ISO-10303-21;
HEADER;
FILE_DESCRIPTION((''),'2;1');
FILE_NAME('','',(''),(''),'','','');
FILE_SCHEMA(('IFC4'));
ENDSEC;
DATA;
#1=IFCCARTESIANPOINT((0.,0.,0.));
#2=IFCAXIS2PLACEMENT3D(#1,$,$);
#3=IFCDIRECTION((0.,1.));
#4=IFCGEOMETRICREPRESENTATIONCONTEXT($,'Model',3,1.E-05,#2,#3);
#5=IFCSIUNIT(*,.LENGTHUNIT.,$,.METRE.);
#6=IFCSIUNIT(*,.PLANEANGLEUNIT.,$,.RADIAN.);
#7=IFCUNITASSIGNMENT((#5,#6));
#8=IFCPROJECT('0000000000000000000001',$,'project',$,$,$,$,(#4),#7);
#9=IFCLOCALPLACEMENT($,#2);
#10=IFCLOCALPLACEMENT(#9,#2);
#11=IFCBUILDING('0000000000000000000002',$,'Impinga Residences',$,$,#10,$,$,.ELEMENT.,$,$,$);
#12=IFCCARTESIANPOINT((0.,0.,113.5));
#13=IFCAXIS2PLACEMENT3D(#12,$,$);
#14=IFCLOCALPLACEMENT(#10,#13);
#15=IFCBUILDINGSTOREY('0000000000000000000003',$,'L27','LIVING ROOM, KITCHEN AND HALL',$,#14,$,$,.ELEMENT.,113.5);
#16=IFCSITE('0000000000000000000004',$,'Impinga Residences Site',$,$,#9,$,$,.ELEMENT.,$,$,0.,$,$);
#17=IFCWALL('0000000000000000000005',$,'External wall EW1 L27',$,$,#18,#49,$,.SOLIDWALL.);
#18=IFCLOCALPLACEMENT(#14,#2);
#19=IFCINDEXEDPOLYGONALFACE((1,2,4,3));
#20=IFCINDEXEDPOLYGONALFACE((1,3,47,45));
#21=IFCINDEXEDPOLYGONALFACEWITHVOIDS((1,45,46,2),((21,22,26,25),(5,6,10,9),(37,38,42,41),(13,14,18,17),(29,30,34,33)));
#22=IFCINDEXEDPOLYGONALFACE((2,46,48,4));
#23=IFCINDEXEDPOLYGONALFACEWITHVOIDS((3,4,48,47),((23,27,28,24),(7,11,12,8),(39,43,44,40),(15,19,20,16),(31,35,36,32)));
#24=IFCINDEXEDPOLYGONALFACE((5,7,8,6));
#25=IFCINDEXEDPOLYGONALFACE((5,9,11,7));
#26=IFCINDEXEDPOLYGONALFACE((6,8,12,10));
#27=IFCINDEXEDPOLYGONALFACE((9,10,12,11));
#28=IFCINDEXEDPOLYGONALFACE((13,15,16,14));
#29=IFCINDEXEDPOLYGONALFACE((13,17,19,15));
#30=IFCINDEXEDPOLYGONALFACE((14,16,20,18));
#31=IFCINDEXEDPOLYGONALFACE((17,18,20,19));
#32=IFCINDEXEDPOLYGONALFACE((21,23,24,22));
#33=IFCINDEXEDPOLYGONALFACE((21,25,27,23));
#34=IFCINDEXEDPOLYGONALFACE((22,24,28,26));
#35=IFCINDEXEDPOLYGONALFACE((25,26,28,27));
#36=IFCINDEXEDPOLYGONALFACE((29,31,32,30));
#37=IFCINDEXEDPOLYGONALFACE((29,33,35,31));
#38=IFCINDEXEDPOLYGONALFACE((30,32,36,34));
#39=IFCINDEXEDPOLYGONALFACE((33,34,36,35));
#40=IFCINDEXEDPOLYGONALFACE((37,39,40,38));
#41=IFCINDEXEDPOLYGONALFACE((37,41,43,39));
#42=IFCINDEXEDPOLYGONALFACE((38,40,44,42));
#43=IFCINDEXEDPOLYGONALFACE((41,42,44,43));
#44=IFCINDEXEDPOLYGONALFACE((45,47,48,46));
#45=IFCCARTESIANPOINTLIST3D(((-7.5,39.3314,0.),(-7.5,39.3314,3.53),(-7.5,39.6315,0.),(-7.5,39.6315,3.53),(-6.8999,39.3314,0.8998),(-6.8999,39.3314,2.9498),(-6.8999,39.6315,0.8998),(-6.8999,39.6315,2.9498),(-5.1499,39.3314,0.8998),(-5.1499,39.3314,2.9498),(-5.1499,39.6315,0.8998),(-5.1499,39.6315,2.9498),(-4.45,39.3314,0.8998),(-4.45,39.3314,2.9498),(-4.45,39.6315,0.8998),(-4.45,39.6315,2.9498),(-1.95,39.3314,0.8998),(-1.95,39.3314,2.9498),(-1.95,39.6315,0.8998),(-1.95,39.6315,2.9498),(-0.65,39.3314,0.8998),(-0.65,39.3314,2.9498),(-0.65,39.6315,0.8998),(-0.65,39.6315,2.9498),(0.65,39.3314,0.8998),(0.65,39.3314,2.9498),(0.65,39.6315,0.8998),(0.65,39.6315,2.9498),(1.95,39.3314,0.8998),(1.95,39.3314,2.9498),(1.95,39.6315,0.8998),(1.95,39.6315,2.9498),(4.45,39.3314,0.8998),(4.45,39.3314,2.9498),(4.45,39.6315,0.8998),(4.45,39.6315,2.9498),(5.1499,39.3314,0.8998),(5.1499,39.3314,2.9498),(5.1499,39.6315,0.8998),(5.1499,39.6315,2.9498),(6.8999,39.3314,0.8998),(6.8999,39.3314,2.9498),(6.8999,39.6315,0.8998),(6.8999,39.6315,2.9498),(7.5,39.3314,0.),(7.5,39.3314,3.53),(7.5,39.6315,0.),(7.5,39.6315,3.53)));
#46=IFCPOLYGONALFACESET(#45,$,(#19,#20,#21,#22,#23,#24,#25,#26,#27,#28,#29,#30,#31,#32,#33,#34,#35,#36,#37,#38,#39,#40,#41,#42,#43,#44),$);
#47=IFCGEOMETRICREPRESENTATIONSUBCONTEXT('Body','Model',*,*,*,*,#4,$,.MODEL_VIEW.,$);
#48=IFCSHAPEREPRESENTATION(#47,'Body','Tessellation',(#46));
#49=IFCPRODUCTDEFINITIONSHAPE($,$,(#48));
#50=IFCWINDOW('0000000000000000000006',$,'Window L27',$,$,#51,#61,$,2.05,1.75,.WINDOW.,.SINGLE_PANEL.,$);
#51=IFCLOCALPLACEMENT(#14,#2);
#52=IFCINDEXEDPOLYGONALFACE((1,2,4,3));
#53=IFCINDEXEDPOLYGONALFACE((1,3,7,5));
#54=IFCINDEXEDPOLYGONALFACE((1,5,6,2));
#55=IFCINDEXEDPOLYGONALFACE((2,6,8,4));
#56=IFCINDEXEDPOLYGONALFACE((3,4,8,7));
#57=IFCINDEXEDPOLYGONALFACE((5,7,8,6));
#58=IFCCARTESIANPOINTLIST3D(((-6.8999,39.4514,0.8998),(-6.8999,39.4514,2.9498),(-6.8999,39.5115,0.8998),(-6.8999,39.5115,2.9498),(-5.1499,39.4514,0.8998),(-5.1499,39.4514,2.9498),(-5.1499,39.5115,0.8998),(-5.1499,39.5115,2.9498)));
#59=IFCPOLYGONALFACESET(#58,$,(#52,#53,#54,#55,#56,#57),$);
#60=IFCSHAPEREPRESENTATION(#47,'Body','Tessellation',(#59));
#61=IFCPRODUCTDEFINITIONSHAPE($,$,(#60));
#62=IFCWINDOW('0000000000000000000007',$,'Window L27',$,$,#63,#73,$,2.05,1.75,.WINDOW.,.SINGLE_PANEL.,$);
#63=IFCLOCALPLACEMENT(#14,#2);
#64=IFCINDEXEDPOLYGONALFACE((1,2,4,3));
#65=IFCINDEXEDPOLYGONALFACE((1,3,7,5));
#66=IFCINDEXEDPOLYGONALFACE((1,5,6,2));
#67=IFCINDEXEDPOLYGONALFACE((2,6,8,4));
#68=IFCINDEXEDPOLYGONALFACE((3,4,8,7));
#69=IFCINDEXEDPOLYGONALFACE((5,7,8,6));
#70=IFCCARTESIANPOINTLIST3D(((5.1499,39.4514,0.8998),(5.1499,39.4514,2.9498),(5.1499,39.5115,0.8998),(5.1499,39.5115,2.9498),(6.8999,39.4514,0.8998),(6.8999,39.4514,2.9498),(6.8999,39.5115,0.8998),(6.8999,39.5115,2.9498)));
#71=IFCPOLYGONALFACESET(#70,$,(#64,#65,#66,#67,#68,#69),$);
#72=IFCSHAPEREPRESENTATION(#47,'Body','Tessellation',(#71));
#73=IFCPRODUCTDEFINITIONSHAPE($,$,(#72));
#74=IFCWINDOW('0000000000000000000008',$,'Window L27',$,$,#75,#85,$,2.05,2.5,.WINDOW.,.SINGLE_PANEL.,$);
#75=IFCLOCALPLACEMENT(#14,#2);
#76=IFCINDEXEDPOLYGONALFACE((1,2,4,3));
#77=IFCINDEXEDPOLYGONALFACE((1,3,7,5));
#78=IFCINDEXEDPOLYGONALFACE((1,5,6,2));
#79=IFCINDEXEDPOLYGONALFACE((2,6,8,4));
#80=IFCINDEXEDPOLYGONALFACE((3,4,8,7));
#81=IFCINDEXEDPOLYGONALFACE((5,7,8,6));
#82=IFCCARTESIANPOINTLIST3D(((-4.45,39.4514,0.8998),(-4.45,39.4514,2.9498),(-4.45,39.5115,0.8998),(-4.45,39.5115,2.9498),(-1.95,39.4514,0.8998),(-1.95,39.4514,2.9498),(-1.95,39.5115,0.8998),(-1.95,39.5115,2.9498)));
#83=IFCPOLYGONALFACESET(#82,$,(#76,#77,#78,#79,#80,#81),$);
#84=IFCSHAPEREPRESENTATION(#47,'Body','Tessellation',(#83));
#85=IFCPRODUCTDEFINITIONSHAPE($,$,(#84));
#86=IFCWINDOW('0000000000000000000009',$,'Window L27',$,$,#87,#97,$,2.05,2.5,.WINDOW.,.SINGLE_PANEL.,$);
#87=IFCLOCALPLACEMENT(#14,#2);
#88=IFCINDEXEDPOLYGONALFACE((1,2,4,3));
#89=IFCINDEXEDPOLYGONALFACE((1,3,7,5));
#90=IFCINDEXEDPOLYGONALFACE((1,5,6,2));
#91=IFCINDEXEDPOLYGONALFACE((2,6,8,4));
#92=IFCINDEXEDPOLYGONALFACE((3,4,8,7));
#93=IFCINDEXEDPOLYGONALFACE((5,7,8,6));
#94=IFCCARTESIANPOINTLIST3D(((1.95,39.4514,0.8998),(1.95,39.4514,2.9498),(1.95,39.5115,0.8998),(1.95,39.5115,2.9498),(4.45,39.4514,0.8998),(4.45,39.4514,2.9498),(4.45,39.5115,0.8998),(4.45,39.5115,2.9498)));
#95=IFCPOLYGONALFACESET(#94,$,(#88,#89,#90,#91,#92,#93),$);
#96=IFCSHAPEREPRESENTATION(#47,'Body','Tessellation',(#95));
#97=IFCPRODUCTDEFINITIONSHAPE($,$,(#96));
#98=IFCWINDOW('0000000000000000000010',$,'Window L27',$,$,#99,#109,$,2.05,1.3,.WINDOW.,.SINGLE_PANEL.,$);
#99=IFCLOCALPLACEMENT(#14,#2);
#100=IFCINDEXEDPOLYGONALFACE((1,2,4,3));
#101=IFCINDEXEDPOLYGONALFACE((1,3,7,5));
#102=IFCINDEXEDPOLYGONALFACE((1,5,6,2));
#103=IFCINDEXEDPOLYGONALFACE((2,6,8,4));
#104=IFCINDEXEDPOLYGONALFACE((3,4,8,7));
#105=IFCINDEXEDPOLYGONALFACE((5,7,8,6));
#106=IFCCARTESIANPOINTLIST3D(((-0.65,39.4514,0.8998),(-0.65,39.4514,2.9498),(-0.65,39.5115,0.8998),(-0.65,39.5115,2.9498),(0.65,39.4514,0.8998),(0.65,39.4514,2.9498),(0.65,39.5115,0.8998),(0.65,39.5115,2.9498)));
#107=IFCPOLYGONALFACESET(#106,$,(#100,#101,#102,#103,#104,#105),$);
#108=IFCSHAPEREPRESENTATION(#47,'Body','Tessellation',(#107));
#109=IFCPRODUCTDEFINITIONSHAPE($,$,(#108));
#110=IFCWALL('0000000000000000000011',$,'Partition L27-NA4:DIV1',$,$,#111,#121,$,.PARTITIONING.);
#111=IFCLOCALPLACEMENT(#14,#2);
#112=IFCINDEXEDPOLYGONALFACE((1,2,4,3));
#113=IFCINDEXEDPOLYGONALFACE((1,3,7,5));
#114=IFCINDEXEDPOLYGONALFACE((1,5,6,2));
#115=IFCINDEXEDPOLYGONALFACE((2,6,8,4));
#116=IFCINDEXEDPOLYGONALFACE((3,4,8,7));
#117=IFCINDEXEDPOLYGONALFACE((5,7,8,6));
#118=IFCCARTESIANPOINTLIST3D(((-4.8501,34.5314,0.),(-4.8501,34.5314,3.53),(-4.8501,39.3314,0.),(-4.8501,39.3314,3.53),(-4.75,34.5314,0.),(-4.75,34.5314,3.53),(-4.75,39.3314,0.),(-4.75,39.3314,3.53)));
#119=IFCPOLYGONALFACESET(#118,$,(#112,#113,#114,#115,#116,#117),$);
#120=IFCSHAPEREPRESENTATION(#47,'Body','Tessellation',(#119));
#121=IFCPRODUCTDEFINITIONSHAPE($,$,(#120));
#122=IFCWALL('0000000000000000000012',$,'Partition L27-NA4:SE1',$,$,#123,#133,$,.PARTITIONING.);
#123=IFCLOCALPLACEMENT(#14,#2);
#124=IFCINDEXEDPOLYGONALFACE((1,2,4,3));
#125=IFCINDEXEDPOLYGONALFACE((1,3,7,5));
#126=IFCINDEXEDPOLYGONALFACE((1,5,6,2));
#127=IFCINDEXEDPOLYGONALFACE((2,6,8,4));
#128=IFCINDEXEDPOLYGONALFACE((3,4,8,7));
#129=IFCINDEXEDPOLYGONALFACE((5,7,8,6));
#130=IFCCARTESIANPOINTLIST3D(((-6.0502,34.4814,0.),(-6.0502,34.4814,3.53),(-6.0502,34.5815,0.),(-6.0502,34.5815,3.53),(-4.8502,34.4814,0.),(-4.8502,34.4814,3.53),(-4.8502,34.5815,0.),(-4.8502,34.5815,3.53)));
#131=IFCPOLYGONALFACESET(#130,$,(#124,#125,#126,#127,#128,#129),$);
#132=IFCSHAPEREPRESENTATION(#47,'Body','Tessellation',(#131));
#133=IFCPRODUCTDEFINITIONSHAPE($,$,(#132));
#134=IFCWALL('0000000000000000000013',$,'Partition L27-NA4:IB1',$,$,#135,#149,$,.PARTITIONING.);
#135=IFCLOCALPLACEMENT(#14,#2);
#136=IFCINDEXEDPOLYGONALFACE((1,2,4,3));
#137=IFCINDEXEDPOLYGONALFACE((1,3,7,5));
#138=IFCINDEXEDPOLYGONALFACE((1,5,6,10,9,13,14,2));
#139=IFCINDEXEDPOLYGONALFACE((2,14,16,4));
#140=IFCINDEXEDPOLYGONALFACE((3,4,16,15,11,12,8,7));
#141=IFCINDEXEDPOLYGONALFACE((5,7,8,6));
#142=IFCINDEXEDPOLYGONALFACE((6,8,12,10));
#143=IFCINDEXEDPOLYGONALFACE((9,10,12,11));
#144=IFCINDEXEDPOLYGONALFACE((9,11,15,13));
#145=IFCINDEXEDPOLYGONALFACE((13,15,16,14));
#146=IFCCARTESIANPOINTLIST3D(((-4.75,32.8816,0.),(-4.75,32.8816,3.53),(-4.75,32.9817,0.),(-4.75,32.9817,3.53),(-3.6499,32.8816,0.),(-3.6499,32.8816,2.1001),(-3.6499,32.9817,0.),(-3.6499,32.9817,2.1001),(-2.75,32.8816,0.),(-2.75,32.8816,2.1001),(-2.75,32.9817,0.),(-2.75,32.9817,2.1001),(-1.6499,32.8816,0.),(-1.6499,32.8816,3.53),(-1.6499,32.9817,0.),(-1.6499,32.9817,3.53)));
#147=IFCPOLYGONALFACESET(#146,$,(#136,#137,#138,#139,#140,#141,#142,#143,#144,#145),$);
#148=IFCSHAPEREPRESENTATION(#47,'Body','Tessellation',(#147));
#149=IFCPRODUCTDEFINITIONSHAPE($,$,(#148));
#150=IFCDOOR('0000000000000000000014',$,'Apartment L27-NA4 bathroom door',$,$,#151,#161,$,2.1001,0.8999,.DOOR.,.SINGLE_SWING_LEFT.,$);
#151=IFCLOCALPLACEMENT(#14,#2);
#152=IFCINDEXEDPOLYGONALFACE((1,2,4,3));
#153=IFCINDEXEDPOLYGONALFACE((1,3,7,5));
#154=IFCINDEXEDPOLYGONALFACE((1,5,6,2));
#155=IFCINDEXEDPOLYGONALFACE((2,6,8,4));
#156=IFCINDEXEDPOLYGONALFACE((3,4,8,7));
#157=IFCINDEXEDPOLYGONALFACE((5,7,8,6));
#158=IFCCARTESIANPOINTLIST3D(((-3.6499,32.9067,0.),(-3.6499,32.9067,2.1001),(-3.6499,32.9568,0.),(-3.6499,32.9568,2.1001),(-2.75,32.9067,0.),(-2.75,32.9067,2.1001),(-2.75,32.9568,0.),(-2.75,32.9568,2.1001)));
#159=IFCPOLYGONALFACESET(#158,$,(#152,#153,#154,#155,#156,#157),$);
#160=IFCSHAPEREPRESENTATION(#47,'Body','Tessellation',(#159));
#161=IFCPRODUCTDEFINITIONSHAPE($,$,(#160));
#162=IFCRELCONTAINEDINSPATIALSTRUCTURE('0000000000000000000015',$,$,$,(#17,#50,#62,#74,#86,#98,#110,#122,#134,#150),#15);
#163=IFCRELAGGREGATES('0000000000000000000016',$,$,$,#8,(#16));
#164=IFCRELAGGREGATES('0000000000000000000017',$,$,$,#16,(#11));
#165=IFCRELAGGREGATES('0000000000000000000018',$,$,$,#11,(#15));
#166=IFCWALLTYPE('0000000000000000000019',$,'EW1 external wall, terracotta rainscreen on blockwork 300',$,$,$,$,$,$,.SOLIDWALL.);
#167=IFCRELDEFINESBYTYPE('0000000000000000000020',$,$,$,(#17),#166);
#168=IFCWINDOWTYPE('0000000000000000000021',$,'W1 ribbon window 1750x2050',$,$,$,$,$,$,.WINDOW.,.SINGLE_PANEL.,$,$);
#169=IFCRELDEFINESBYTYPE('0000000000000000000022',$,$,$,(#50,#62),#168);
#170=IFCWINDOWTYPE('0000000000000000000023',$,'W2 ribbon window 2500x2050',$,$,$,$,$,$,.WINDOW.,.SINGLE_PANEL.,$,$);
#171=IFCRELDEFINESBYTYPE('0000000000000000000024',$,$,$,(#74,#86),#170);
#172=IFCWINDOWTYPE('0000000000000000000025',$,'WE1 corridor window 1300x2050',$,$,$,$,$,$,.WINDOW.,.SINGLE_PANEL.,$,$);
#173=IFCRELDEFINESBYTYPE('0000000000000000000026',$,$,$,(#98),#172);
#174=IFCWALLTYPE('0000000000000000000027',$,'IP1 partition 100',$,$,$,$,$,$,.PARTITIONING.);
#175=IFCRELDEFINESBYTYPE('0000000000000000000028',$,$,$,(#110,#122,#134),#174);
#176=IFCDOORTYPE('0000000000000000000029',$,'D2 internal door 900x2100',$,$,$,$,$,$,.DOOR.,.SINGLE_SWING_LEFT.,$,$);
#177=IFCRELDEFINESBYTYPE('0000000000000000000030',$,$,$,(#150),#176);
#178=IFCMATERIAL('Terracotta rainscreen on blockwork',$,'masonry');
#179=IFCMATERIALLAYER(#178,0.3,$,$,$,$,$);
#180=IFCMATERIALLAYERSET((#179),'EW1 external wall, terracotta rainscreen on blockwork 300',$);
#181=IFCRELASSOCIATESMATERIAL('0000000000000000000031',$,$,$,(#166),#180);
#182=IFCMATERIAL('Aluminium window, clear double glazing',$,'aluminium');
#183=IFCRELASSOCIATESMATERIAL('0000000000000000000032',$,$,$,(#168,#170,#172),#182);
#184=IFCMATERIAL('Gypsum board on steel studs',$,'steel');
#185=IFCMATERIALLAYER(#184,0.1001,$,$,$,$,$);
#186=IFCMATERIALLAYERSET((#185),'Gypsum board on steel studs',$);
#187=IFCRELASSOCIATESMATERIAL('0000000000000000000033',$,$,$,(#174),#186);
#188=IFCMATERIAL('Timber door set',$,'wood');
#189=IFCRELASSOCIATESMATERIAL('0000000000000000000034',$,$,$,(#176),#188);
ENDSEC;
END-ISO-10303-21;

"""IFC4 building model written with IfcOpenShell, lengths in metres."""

from ifc_helpers import new_model, si_unit, direction, frame, frame_2d, origin, place, context, subcontext, project, spatial, rectangle, extrude, material, layer, layer_set, type_object, element, fill, save


model = new_model("IFC4")

# Units and contexts
model_context = context("Model", 3, precision=1e-05, world=origin(), true_north=direction((0.0, 1.0)))
body_context = subcontext(model_context, "Body", "Model", "MODEL_VIEW")
ifc_project = project(units=[si_unit("LENGTHUNIT", "METRE"), si_unit("PLANEANGLEUNIT", "RADIAN")], contexts=[model_context])

# Site, building, storey
site_placement = place(None, origin())
site = spatial("IfcSite", under=ifc_project, at=site_placement, Name="Impinga Residences Site", CompositionType="ELEMENT", RefElevation=0.0)
building_placement = place(site_placement, origin())
building = spatial("IfcBuilding", under=site, at=building_placement, Name="Impinga Residences", CompositionType="ELEMENT")
storey_placement = place(building_placement, frame((0.0, 0.0, 113.5)))
storey = spatial("IfcBuildingStorey", under=building, at=storey_placement, Name="L27", Description="LIVING ROOM, KITCHEN AND HALL", CompositionType="ELEMENT", Elevation=113.5)

# Shared definitions
ifc_material_1 = material(Name="Terracotta rainscreen on blockwork", Category="masonry")
ifc_layer_1 = layer(ifc_material_1, 0.3)
ifc_layer_set_1 = layer_set([ifc_layer_1], Name="EW1 external wall, terracotta rainscreen on blockwork 300")
wall_type_1 = type_object("IfcWallType", Name="EW1 external wall, terracotta rainscreen on blockwork 300", PredefinedType="SOLIDWALL", material=ifc_layer_set_1)

# Wall, openings, windows
wall_1_placement = place(storey_placement, frame((-7.5, 39.4814, 0.0), z_axis=(0.0, 0.0, 1.0), x_axis=(1.0, 0.0, 0.0)))
wall_1 = element("IfcWall", 1, at=wall_1_placement, inside=storey, type_object=wall_type_1, Name="External wall EW1 L27", PredefinedType="SOLIDWALL", context=body_context, shape_type="SweptSolid", body=[
    extrude(rectangle(XDim=15.0, YDim=0.3, at=frame_2d((7.5, 0.0))), origin(), (0.0, 0.0, 1.0), 3.53),
])
opening_1_placement = place(wall_1_placement, frame((0.6001, 0.0, 0.8999)))
opening_1 = element("IfcOpeningElement", 2, at=opening_1_placement, cuts=wall_1, PredefinedType="OPENING", context=body_context, shape_type="SweptSolid", body=[
    extrude(rectangle(XDim=1.75, YDim=2.05, at=frame_2d((0.875, 1.0249))), frame((0.0, 0.1599, 0.0), z_axis=(0.0, -1.0, 0.0), x_axis=(1.0, 0.0, 0.0)), (0.0, 0.0, 1.0), 0.3201),
])
opening_2_placement = place(wall_1_placement, frame((3.05, 0.0, 0.8999)))
opening_2 = element("IfcOpeningElement", 3, at=opening_2_placement, cuts=wall_1, PredefinedType="OPENING", context=body_context, shape_type="SweptSolid", body=[
    extrude(rectangle(XDim=2.5, YDim=2.05, at=frame_2d((1.25, 1.0249))), frame((0.0, 0.1599, 0.0), z_axis=(0.0, -1.0, 0.0), x_axis=(1.0, 0.0, 0.0)), (0.0, 0.0, 1.0), 0.3201),
])
opening_3_placement = place(wall_1_placement, frame((6.8501, 0.0, 0.8999)))
opening_3 = element("IfcOpeningElement", 4, at=opening_3_placement, cuts=wall_1, PredefinedType="OPENING", context=body_context, shape_type="SweptSolid", body=[
    extrude(rectangle(XDim=1.3, YDim=2.05, at=frame_2d((0.6499, 1.0249))), frame((0.0, 0.1599, 0.0), z_axis=(0.0, -1.0, 0.0), x_axis=(1.0, 0.0, 0.0)), (0.0, 0.0, 1.0), 0.3201),
])
opening_4_placement = place(wall_1_placement, frame((9.45, 0.0, 0.8999)))
opening_4 = element("IfcOpeningElement", 5, at=opening_4_placement, cuts=wall_1, PredefinedType="OPENING", context=body_context, shape_type="SweptSolid", body=[
    extrude(rectangle(XDim=2.5, YDim=2.05, at=frame_2d((1.25, 1.0249))), frame((0.0, 0.1599, 0.0), z_axis=(0.0, -1.0, 0.0), x_axis=(1.0, 0.0, 0.0)), (0.0, 0.0, 1.0), 0.3201),
])
opening_5_placement = place(wall_1_placement, frame((12.6499, 0.0, 0.8999)))
opening_5 = element("IfcOpeningElement", 6, at=opening_5_placement, cuts=wall_1, PredefinedType="OPENING", context=body_context, shape_type="SweptSolid", body=[
    extrude(rectangle(XDim=1.75, YDim=2.05, at=frame_2d((0.875, 1.0249))), frame((0.0, 0.1599, 0.0), z_axis=(0.0, -1.0, 0.0), x_axis=(1.0, 0.0, 0.0)), (0.0, 0.0, 1.0), 0.3201),
])
ifc_material_2 = material(Name="Aluminium window, clear double glazing", Category="aluminium")
window_type_1 = type_object("IfcWindowType", Name="W1 ribbon window 1750x2050", PartitioningType="SINGLE_PANEL", PredefinedType="WINDOW", material=ifc_material_2)
window_1_placement = place(opening_1_placement, origin())
window_1 = element("IfcWindow", 7, at=window_1_placement, inside=storey, type_object=window_type_1, Name="Window L27", OverallHeight=2.05, OverallWidth=1.75, PartitioningType="SINGLE_PANEL", PredefinedType="WINDOW", context=body_context, shape_type="SweptSolid", body=[
    extrude(rectangle(XDim=1.75, YDim=2.05, at=frame_2d((0.875, 1.0249))), frame((0.0, 0.03, 0.0), z_axis=(0.0, -1.0, 0.0), x_axis=(1.0, 0.0, 0.0)), (0.0, 0.0, 1.0), 0.0601),
])
fill(opening_1, window_1)
window_2_placement = place(opening_5_placement, origin())
window_2 = element("IfcWindow", 8, at=window_2_placement, inside=storey, type_object=window_type_1, Name="Window L27", OverallHeight=2.05, OverallWidth=1.75, PartitioningType="SINGLE_PANEL", PredefinedType="WINDOW", context=body_context, shape_type="SweptSolid", body=[
    extrude(rectangle(XDim=1.75, YDim=2.05, at=frame_2d((0.875, 1.0249))), frame((0.0, 0.03, 0.0), z_axis=(0.0, -1.0, 0.0), x_axis=(1.0, 0.0, 0.0)), (0.0, 0.0, 1.0), 0.0601),
])
fill(opening_5, window_2)
window_type_2 = type_object("IfcWindowType", Name="W2 ribbon window 2500x2050", PartitioningType="SINGLE_PANEL", PredefinedType="WINDOW", material=ifc_material_2)
window_3_placement = place(opening_2_placement, origin())
window_3 = element("IfcWindow", 9, at=window_3_placement, inside=storey, type_object=window_type_2, Name="Window L27", OverallHeight=2.05, OverallWidth=2.5, PartitioningType="SINGLE_PANEL", PredefinedType="WINDOW", context=body_context, shape_type="SweptSolid", body=[
    extrude(rectangle(XDim=2.5, YDim=2.05, at=frame_2d((1.25, 1.0249))), frame((0.0, 0.03, 0.0), z_axis=(0.0, -1.0, 0.0), x_axis=(1.0, 0.0, 0.0)), (0.0, 0.0, 1.0), 0.0601),
])
fill(opening_2, window_3)
window_4_placement = place(opening_4_placement, origin())
window_4 = element("IfcWindow", 10, at=window_4_placement, inside=storey, type_object=window_type_2, Name="Window L27", OverallHeight=2.05, OverallWidth=2.5, PartitioningType="SINGLE_PANEL", PredefinedType="WINDOW", context=body_context, shape_type="SweptSolid", body=[
    extrude(rectangle(XDim=2.5, YDim=2.05, at=frame_2d((1.25, 1.0249))), frame((0.0, 0.03, 0.0), z_axis=(0.0, -1.0, 0.0), x_axis=(1.0, 0.0, 0.0)), (0.0, 0.0, 1.0), 0.0601),
])
fill(opening_4, window_4)
window_type_3 = type_object("IfcWindowType", Name="WE1 corridor window 1300x2050", PartitioningType="SINGLE_PANEL", PredefinedType="WINDOW", material=ifc_material_2)
window_5_placement = place(opening_3_placement, origin())
window_5 = element("IfcWindow", 11, at=window_5_placement, inside=storey, type_object=window_type_3, Name="Window L27", OverallHeight=2.05, OverallWidth=1.3, PartitioningType="SINGLE_PANEL", PredefinedType="WINDOW", context=body_context, shape_type="SweptSolid", body=[
    extrude(rectangle(XDim=1.3, YDim=2.05, at=frame_2d((0.6499, 1.0249))), frame((0.0, 0.03, 0.0), z_axis=(0.0, -1.0, 0.0), x_axis=(1.0, 0.0, 0.0)), (0.0, 0.0, 1.0), 0.0601),
])
fill(opening_3, window_5)

# Walls
ifc_material_3 = material(Name="Gypsum board on steel studs", Category="steel")
ifc_layer_2 = layer(ifc_material_3, 0.1001)
ifc_layer_set_2 = layer_set([ifc_layer_2], Name="Gypsum board on steel studs")
wall_type_2 = type_object("IfcWallType", Name="IP1 partition 100", PredefinedType="PARTITIONING", material=ifc_layer_set_2)
wall_2_placement = place(storey_placement, frame((-4.8, 34.5315, 0.0), z_axis=(0.0, 0.0, 1.0), x_axis=(0.0, 1.0, 0.0)))
element("IfcWall", 12, at=wall_2_placement, inside=storey, type_object=wall_type_2, Name="Partition L27-NA4:DIV1", PredefinedType="PARTITIONING", context=body_context, shape_type="SweptSolid", body=[
    extrude(rectangle(XDim=4.8, YDim=0.1001, at=frame_2d((2.3999, 0.0))), origin(), (0.0, 0.0, 1.0), 3.53),
])
wall_3_placement = place(storey_placement, frame((-4.8501, 34.5315, 0.0), z_axis=(0.0, 0.0, 1.0), x_axis=(-1.0, 0.0, 0.0)))
element("IfcWall", 13, at=wall_3_placement, inside=storey, type_object=wall_type_2, Name="Partition L27-NA4:SE1", PredefinedType="PARTITIONING", context=body_context, shape_type="SweptSolid", body=[
    extrude(rectangle(XDim=1.2, YDim=0.1001, at=frame_2d((0.6001, 0.0))), origin(), (0.0, 0.0, 1.0), 3.53),
])

# Wall, opening, door
wall_4_placement = place(storey_placement, frame((-1.6499, 32.9316, 0.0), z_axis=(0.0, 0.0, 1.0), x_axis=(-1.0, 0.0, 0.0)))
wall_4 = element("IfcWall", 14, at=wall_4_placement, inside=storey, type_object=wall_type_2, Name="Partition L27-NA4:IB1", PredefinedType="PARTITIONING", context=body_context, shape_type="SweptSolid", body=[
    extrude(rectangle(XDim=3.1001, YDim=0.1001, at=frame_2d((1.55, 0.0))), origin(), (0.0, 0.0, 1.0), 3.53),
])
opening_6_placement = place(wall_4_placement, frame((1.1001, 0.0, 0.0)))
opening_6 = element("IfcOpeningElement", 15, at=opening_6_placement, cuts=wall_4, PredefinedType="OPENING", context=body_context, shape_type="SweptSolid", body=[
    extrude(rectangle(XDim=0.8999, YDim=2.1001, at=frame_2d((0.45, 1.05))), frame((0.0, 0.0601, 0.0), z_axis=(0.0, -1.0, 0.0), x_axis=(1.0, 0.0, 0.0)), (0.0, 0.0, 1.0), 0.1201),
])
ifc_material_4 = material(Name="Timber door set", Category="wood")
door_type = type_object("IfcDoorType", Name="D2 internal door 900x2100", OperationType="SINGLE_SWING_LEFT", PredefinedType="DOOR", material=ifc_material_4)
door_placement = place(opening_6_placement, origin())
door = element("IfcDoor", 16, at=door_placement, inside=storey, type_object=door_type, Name="Apartment L27-NA4 bathroom door", OperationType="SINGLE_SWING_LEFT", OverallHeight=2.1001, OverallWidth=0.8999, PredefinedType="DOOR", context=body_context, shape_type="SweptSolid", body=[
    extrude(rectangle(XDim=0.8999, YDim=2.1001, at=frame_2d((0.45, 1.05))), frame((0.0, 0.0249, 0.0), z_axis=(0.0, -1.0, 0.0), x_axis=(1.0, 0.0, 0.0)), (0.0, 0.0, 1.0), 0.05),
])
fill(opening_6, door)

save(model, "model.ifc")
